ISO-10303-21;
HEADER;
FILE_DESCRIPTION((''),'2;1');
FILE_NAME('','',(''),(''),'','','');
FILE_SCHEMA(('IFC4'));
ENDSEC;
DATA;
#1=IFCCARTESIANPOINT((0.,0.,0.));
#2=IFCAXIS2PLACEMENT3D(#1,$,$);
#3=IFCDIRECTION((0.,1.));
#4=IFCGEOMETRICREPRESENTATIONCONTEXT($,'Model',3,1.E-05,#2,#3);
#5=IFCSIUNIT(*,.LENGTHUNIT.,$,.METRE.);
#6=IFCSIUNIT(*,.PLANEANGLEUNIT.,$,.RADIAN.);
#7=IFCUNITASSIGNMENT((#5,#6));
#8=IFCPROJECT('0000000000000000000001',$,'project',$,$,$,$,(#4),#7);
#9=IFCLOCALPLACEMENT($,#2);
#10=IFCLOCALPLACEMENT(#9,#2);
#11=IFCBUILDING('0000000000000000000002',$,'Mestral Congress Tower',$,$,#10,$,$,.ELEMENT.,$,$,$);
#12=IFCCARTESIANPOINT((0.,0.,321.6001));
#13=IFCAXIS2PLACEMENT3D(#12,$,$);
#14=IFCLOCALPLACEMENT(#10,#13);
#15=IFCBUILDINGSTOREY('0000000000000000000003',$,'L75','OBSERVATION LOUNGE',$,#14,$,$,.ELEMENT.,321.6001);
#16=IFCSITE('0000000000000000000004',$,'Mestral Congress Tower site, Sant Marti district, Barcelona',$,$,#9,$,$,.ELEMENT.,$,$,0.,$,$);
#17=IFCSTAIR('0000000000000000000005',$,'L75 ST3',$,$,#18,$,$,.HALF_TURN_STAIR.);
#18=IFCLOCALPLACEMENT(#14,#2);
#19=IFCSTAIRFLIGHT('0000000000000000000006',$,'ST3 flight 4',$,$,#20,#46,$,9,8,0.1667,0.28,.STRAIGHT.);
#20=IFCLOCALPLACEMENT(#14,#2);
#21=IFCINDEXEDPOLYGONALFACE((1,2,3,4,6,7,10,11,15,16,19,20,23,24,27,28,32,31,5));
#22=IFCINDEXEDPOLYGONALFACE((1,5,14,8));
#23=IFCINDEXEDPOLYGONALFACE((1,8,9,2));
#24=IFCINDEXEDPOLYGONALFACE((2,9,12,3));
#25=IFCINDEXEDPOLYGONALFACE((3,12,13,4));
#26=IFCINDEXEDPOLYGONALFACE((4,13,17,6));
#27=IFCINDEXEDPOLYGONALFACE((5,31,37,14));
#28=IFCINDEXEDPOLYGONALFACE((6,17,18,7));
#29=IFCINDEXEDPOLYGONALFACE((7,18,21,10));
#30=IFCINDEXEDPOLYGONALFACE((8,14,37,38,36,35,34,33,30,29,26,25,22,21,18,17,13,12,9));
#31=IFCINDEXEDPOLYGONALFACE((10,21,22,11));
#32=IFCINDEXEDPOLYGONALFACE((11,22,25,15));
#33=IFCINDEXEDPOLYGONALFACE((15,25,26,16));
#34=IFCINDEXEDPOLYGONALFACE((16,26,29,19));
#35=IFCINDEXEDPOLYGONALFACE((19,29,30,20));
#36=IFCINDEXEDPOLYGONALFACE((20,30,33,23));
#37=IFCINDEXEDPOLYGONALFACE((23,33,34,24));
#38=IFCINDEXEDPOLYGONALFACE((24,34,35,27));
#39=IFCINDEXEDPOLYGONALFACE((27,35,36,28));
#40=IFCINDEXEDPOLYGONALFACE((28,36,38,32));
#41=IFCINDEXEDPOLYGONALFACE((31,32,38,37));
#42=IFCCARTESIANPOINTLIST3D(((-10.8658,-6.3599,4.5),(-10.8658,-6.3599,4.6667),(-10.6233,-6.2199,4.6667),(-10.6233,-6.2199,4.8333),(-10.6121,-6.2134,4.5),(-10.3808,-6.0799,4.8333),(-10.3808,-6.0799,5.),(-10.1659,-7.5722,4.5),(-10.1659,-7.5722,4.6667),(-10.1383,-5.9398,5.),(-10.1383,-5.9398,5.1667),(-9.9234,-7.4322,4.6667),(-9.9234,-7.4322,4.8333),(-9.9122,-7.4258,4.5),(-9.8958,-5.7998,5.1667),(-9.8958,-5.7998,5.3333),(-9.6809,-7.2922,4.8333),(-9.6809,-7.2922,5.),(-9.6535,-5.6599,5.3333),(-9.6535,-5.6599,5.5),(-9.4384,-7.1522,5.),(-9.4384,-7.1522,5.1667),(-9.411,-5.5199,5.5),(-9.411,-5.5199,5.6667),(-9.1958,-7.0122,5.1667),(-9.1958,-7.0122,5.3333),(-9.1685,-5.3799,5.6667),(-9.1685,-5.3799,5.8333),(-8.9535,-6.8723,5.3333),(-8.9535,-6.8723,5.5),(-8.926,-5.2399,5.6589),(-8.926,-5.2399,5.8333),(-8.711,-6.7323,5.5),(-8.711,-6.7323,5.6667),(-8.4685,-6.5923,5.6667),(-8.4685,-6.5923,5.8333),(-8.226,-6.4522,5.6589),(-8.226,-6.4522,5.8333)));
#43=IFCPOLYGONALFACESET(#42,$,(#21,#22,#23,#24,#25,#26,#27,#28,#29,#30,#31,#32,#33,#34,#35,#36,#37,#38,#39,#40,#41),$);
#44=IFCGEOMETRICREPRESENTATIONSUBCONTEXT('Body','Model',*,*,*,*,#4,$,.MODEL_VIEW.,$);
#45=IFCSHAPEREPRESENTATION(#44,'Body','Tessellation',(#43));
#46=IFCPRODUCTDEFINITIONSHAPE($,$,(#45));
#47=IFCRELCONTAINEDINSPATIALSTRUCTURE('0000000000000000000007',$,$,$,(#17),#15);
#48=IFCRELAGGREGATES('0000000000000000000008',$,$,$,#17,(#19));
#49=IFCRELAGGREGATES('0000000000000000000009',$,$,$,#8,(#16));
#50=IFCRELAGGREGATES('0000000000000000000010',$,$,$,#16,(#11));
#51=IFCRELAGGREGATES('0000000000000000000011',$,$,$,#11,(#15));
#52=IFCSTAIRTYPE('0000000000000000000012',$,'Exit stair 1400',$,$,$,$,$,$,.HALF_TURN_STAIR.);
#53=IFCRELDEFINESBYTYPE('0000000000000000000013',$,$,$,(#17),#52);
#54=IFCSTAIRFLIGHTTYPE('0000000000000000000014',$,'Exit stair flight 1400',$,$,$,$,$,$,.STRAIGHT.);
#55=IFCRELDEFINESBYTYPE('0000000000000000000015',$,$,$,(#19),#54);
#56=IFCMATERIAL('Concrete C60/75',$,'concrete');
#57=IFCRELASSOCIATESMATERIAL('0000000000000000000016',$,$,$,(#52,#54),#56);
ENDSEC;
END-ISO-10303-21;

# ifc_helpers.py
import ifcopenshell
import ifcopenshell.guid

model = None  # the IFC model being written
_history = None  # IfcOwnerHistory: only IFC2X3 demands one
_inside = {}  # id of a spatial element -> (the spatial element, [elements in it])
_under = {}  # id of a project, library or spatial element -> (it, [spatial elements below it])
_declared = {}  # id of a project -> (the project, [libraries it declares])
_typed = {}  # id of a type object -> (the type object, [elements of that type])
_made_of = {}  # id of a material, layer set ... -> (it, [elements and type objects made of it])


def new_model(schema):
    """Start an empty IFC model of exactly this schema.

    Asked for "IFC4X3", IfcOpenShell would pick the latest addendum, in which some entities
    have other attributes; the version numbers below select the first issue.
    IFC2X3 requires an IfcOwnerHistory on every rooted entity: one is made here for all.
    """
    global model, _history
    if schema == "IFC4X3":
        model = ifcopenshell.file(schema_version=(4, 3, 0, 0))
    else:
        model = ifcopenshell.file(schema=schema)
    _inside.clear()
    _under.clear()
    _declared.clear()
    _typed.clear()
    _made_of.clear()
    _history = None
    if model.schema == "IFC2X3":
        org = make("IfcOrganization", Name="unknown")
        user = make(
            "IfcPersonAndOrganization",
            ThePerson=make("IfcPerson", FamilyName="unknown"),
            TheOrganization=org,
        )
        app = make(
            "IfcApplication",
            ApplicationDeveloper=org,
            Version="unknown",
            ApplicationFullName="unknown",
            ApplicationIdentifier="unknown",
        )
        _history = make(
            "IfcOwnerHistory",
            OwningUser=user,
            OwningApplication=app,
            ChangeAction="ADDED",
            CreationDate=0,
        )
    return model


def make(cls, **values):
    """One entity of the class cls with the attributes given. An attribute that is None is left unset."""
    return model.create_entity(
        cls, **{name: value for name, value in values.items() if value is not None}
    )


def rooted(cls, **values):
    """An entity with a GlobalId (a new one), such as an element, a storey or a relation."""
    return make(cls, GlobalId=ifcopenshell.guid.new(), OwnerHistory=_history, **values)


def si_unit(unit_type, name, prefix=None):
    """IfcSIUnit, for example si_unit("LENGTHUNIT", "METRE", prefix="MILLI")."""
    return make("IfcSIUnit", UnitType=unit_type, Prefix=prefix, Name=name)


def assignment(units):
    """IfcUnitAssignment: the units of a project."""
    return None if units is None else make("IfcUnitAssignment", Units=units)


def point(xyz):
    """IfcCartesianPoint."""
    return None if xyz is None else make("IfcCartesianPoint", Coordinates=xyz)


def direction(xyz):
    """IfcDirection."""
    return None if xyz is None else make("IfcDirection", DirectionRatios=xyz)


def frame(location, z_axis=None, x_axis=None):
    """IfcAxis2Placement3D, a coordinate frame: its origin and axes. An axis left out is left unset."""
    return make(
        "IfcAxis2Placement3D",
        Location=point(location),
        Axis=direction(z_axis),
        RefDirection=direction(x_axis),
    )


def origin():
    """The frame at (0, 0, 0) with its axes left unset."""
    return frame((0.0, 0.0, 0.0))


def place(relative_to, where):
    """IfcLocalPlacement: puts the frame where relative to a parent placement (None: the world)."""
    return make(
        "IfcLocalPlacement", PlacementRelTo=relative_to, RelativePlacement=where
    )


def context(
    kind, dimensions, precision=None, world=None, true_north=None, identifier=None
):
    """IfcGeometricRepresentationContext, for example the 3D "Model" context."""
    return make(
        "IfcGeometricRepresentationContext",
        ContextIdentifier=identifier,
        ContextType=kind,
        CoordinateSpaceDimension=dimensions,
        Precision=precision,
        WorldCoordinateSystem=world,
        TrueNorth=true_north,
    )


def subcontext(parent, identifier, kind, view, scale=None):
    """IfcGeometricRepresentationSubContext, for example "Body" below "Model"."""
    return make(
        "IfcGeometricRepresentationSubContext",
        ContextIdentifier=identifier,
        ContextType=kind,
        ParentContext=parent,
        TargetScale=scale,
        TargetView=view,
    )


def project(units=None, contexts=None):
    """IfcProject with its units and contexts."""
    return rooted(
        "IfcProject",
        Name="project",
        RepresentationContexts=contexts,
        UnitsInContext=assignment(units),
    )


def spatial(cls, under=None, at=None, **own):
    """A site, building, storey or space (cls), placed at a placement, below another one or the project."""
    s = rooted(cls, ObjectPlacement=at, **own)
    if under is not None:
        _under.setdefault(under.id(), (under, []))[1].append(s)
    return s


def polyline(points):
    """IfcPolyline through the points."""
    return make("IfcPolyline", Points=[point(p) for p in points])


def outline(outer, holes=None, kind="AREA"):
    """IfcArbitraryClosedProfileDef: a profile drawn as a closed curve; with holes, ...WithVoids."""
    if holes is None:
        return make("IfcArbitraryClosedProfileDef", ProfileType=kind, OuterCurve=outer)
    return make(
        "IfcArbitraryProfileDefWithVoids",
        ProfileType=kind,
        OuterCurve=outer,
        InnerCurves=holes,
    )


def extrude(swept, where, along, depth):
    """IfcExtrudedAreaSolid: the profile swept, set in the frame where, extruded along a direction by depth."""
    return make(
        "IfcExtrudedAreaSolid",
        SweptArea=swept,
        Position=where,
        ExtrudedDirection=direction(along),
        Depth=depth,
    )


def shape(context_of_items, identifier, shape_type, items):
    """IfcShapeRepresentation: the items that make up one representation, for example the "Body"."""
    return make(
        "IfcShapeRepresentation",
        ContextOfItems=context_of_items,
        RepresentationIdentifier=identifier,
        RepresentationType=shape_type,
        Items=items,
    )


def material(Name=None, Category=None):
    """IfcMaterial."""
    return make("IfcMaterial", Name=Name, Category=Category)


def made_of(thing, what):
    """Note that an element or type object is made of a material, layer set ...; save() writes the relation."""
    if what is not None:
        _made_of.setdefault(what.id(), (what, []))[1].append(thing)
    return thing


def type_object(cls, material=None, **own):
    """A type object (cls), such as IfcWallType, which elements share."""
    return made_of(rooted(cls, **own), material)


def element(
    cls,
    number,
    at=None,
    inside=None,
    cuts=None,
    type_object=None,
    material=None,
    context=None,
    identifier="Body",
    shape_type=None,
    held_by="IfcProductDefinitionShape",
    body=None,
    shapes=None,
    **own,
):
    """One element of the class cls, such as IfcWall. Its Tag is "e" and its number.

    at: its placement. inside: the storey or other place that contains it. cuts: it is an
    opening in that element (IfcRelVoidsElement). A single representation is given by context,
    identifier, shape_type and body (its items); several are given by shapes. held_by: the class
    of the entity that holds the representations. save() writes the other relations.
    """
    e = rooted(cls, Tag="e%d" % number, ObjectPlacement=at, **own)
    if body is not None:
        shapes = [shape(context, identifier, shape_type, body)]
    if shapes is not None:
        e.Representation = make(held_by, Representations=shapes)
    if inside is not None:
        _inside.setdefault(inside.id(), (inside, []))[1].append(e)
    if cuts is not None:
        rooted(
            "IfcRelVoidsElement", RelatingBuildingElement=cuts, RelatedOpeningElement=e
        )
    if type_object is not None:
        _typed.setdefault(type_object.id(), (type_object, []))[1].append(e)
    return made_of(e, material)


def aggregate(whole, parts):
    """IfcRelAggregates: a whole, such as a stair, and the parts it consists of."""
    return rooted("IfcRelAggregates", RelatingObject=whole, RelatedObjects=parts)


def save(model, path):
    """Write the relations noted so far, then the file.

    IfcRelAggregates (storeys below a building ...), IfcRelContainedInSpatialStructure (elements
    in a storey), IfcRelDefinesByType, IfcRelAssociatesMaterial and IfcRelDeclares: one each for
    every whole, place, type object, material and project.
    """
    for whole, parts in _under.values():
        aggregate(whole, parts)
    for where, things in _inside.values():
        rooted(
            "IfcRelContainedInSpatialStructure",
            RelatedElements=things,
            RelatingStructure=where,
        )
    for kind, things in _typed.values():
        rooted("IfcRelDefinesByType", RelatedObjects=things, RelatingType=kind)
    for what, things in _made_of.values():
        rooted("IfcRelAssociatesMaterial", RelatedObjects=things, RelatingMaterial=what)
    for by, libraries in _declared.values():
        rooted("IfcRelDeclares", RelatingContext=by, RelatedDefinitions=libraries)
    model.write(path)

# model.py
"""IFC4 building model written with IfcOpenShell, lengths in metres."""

from ifc_helpers import new_model, si_unit, direction, frame, origin, place, context, subcontext, project, spatial, polyline, outline, extrude, material, type_object, element, aggregate, save


model = new_model("IFC4")

# Units and contexts
model_context = context("Model", 3, precision=1e-05, world=origin(), true_north=direction((0.0, 1.0)))
body_context = subcontext(model_context, "Body", "Model", "MODEL_VIEW")
ifc_project = project(units=[si_unit("LENGTHUNIT", "METRE"), si_unit("PLANEANGLEUNIT", "RADIAN")], contexts=[model_context])

# Site, building, storey
site_placement = place(None, origin())
site = spatial("IfcSite", under=ifc_project, at=site_placement, Name="Mestral Congress Tower site, Sant Marti district, Barcelona", CompositionType="ELEMENT", RefElevation=0.0)
building_placement = place(site_placement, origin())
building = spatial("IfcBuilding", under=site, at=building_placement, Name="Mestral Congress Tower", CompositionType="ELEMENT")
storey_placement = place(building_placement, frame((0.0, 0.0, 321.6001)))
storey = spatial("IfcBuildingStorey", under=building, at=storey_placement, Name="L75", Description="OBSERVATION LOUNGE", CompositionType="ELEMENT", Elevation=321.6001)

# Shared definitions
ifc_material_1 = material(Name="Concrete C60/75", Category="concrete")

# Stair, stair flight
stair_type = type_object("IfcStairType", Name="Exit stair 1400", PredefinedType="HALF_TURN_STAIR", material=ifc_material_1)
stair_placement = place(storey_placement, origin())
stair = element("IfcStair", 1, at=stair_placement, inside=storey, type_object=stair_type, Name="L75 ST3", PredefinedType="HALF_TURN_STAIR")
stair_flight_type = type_object("IfcStairFlightType", Name="Exit stair flight 1400", PredefinedType="STRAIGHT", material=ifc_material_1)
stair_flight_1_placement = place(storey_placement, frame((-10.5159, -6.9661, 4.5), z_axis=(0.0, 0.0, 1.0), x_axis=(0.866025, 0.5, 0.0)))
stair_flight_1 = element("IfcStairFlight", 2, at=stair_flight_1_placement, type_object=stair_flight_type, Name="ST3 flight 4", NumberOfRisers=9, NumberOfTreads=8, PredefinedType="STRAIGHT", RiserHeight=0.1667, TreadLength=0.28, context=body_context, shape_type="SweptSolid", body=[
    extrude(outline(polyline([(0.0, 0.0), (0.0, 0.1667), (0.28, 0.1667), (0.28, 0.3333), (0.5601, 0.3333), (0.5601, 0.5), (0.8401, 0.5), (0.8401, 0.6667), (1.1201, 0.6667), (1.1201, 0.8333), (1.3999, 0.8333), (1.3999, 1.0), (1.6799, 1.0), (1.6799, 1.1667), (1.96, 1.1667), (1.96, 1.3333), (2.24, 1.3333), (2.24, 1.5), (2.24, 1.1589), (0.293, 0.0), (0.0, 0.0)])), frame((0.0, 0.7, 0.0), z_axis=(0.0, -1.0, 0.0), x_axis=(1.0, 0.0, 0.0)), (0.0, 0.0, 1.0), 1.3999),
])
aggregate(stair, [stair_flight_1])

save(model, "model.ifc")
